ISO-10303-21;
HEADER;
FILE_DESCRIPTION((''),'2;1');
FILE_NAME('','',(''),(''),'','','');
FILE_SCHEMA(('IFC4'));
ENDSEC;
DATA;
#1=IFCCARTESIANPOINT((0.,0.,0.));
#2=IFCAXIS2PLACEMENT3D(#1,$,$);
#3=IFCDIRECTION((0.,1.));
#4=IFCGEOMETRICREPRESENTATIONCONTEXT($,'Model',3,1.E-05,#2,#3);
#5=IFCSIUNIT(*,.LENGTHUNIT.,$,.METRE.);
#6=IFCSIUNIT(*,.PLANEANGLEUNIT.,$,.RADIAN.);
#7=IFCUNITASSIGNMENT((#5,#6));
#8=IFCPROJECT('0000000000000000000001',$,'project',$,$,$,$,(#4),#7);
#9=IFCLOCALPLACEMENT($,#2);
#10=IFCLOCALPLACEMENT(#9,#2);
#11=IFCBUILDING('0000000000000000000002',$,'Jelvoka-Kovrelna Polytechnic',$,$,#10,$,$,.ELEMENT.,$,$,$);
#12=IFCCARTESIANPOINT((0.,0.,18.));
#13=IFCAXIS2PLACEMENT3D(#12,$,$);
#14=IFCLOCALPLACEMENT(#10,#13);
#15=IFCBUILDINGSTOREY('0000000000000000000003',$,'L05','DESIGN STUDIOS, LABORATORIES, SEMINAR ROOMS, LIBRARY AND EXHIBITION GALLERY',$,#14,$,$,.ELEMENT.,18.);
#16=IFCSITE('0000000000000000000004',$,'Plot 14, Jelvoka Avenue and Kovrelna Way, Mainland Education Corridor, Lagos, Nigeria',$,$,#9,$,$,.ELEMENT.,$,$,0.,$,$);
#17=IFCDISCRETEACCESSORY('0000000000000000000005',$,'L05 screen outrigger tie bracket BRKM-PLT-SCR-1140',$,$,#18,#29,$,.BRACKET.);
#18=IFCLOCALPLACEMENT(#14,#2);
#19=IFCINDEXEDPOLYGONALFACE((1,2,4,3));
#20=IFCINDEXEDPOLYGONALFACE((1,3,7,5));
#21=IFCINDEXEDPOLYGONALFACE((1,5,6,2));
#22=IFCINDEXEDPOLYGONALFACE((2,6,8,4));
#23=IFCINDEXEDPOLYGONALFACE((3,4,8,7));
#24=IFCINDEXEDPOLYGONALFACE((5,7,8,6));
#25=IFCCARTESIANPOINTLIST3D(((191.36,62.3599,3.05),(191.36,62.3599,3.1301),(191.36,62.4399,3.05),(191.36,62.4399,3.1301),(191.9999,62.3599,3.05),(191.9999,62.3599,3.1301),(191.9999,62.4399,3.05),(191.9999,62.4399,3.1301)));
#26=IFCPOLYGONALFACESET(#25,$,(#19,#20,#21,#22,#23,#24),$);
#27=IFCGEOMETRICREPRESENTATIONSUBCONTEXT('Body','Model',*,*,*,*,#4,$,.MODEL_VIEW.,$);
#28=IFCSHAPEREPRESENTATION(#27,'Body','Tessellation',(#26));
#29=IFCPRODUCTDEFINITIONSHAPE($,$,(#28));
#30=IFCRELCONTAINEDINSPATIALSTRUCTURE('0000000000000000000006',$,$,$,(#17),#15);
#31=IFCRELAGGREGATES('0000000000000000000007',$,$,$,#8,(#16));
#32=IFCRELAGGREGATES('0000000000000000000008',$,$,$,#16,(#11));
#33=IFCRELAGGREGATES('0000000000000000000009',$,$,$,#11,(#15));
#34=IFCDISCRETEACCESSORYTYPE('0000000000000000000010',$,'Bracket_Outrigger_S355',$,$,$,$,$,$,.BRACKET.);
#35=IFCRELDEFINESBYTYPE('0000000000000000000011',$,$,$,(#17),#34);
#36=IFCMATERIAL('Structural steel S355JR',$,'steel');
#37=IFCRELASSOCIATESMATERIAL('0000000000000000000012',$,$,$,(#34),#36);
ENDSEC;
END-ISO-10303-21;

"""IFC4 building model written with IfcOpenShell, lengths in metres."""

from ifc_helpers import new_model, si_unit, direction, frame, origin, origin_2d, place, context, subcontext, project, spatial, rectangle, extrude, material, type_object, element, save


model = new_model("IFC4")

# Units and contexts
model_context = context("Model", 3, precision=1e-05, world=origin(), true_north=direction((0.0, 1.0)))
body_context = subcontext(model_context, "Body", "Model", "MODEL_VIEW")
ifc_project = project(units=[si_unit("LENGTHUNIT", "METRE"), si_unit("PLANEANGLEUNIT", "RADIAN")], contexts=[model_context])

# Site, building, storey
site_placement = place(None, origin())
site = spatial("IfcSite", under=ifc_project, at=site_placement, Name="Plot 14, Jelvoka Avenue and Kovrelna Way, Mainland Education Corridor, Lagos, Nigeria", CompositionType="ELEMENT", RefElevation=0.0)
building_placement = place(site_placement, origin())
building = spatial("IfcBuilding", under=site, at=building_placement, Name="Jelvoka-Kovrelna Polytechnic", CompositionType="ELEMENT")
storey_placement = place(building_placement, frame((0.0, 0.0, 18.0)))
storey = spatial("IfcBuildingStorey", under=building, at=storey_placement, Name="L05", Description="DESIGN STUDIOS, LABORATORIES, SEMINAR ROOMS, LIBRARY AND EXHIBITION GALLERY", CompositionType="ELEMENT", Elevation=18.0)

# Discrete accessory
ifc_material_1 = material(Name="Structural steel S355JR", Category="steel")
discrete_accessory_type = type_object("IfcDiscreteAccessoryType", Name="Bracket_Outrigger_S355", PredefinedType="BRACKET", material=ifc_material_1)
for number, where, z_axis, x_axis, name in (
    (1, (191.6799, 62.3999, 3.05), (0.0, 0.0, 1.0), (1.0, 0.0, 0.0), "L05 screen outrigger tie bracket BRKM-PLT-SCR-1140"),
):
    element("IfcDiscreteAccessory", number, at=place(storey_placement, frame(where, z_axis=z_axis, x_axis=x_axis)), inside=storey, type_object=discrete_accessory_type, Name=name, PredefinedType="BRACKET", context=body_context, shape_type="SweptSolid", body=[
        extrude(rectangle(XDim=0.6399, YDim=0.0801, at=origin_2d()), origin(), (0.0, 0.0, 1.0), 0.0801),
    ])

save(model, "model.ifc")
